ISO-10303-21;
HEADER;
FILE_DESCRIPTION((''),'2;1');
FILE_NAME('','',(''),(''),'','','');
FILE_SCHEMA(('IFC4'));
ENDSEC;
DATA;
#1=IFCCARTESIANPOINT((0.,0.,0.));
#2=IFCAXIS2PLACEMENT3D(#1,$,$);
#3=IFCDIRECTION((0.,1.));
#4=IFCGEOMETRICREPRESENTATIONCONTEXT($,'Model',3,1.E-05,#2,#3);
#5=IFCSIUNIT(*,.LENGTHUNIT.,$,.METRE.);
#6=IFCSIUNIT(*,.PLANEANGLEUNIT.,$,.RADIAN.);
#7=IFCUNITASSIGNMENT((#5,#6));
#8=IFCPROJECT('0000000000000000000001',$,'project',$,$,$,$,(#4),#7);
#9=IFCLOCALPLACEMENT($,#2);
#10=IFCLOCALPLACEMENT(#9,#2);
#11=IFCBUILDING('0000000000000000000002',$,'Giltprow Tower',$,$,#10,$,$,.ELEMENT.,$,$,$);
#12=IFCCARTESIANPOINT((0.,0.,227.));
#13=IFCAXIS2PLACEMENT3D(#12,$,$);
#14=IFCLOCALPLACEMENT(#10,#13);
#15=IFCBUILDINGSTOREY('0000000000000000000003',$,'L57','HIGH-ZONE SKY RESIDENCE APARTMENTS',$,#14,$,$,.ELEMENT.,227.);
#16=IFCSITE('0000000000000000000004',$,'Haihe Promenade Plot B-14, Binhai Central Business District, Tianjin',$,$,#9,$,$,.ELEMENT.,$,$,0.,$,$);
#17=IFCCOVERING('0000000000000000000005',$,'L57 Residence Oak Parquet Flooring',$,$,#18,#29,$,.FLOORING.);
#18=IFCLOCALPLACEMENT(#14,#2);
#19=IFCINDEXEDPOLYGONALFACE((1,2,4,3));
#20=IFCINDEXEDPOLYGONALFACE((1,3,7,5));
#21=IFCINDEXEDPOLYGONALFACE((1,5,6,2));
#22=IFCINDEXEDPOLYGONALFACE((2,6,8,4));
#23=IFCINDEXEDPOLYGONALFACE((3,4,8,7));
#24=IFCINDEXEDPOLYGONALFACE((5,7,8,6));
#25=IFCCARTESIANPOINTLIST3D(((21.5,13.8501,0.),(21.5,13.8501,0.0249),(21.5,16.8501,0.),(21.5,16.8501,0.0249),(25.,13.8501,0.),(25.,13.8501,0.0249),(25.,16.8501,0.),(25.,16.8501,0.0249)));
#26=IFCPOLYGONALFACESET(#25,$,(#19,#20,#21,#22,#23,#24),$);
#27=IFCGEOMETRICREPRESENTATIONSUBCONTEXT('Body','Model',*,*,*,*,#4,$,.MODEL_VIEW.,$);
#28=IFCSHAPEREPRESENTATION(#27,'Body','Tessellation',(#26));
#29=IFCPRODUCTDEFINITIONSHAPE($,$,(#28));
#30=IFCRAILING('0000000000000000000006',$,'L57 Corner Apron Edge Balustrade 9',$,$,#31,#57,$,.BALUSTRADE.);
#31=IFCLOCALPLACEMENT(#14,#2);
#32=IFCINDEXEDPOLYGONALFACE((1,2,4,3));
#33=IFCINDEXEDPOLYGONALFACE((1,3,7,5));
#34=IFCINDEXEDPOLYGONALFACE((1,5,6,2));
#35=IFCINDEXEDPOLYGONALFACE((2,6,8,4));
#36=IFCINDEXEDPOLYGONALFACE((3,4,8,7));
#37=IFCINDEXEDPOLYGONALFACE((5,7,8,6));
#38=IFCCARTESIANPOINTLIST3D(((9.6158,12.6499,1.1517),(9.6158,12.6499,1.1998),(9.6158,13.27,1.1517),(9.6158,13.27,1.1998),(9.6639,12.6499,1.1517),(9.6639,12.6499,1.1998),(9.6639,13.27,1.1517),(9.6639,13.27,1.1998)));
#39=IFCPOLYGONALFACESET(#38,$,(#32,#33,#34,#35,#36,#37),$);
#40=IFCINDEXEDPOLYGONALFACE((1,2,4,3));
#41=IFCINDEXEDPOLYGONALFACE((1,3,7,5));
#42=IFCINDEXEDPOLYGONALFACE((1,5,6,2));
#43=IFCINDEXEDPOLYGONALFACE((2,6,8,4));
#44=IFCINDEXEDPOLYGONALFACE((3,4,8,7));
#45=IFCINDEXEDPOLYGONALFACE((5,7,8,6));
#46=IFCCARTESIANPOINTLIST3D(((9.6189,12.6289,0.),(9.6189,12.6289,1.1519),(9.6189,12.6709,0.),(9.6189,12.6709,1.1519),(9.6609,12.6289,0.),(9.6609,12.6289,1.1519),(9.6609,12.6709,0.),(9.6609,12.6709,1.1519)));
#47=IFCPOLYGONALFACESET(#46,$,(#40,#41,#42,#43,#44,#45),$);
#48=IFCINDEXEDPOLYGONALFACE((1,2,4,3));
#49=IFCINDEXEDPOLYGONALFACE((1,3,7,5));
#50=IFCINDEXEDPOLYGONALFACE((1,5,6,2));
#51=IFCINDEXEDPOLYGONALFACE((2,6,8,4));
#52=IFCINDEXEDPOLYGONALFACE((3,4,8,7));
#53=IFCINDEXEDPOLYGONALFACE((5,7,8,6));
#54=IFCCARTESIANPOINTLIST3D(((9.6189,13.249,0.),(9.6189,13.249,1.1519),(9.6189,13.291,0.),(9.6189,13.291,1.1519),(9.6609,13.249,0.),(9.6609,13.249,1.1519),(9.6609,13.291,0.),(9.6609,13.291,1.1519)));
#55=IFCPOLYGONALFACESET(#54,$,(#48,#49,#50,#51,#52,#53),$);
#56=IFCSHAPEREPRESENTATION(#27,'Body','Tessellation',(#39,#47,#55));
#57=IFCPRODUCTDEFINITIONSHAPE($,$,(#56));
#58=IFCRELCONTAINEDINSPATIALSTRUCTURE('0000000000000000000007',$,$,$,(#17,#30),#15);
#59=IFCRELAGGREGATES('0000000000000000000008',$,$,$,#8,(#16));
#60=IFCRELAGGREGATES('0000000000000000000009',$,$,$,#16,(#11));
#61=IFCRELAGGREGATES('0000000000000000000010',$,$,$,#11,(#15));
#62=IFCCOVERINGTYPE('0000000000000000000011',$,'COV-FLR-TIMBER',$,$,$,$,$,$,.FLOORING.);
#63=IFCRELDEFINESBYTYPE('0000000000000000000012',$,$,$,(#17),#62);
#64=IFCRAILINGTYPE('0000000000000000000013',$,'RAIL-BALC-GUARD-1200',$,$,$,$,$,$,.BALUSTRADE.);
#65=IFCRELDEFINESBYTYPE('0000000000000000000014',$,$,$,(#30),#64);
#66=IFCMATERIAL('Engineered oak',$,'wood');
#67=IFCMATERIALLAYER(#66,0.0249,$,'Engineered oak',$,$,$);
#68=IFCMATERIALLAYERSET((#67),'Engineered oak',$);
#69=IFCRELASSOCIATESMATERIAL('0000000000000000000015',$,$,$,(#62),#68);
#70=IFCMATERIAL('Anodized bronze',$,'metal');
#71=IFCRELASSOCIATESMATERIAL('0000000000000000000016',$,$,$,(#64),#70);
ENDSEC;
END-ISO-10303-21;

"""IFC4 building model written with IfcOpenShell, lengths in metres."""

from ifc_helpers import new_model, si_unit, direction, frame, origin, origin_2d, place, context, subcontext, project, spatial, polyline, rectangle, outline, extrude, material, layer, layer_set, type_object, element, save


model = new_model("IFC4")

# Units and contexts
model_context = context("Model", 3, precision=1e-05, world=origin(), true_north=direction((0.0, 1.0)))
body_context = subcontext(model_context, "Body", "Model", "MODEL_VIEW")
ifc_project = project(units=[si_unit("LENGTHUNIT", "METRE"), si_unit("PLANEANGLEUNIT", "RADIAN")], contexts=[model_context])

# Site, building, storey
site_placement = place(None, origin())
site = spatial("IfcSite", under=ifc_project, at=site_placement, Name="Haihe Promenade Plot B-14, Binhai Central Business District, Tianjin", CompositionType="ELEMENT", RefElevation=0.0)
building_placement = place(site_placement, origin())
building = spatial("IfcBuilding", under=site, at=building_placement, Name="Giltprow Tower", CompositionType="ELEMENT")
storey_placement = place(building_placement, frame((0.0, 0.0, 227.0)))
storey = spatial("IfcBuildingStorey", under=building, at=storey_placement, Name="L57", Description="HIGH-ZONE SKY RESIDENCE APARTMENTS", CompositionType="ELEMENT", Elevation=227.0)

# Shared definitions
ifc_material_1 = material(Name="Anodized bronze", Category="metal")

# Covering
ifc_material_2 = material(Name="Engineered oak", Category="wood")
ifc_layer_1 = layer(ifc_material_2, 0.0249, Name="Engineered oak")
ifc_layer_set_1 = layer_set([ifc_layer_1], Name="Engineered oak")
covering_type_1 = type_object("IfcCoveringType", Name="COV-FLR-TIMBER", PredefinedType="FLOORING", material=ifc_layer_set_1)
covering_1_placement = place(storey_placement, origin())
element("IfcCovering", 1, at=covering_1_placement, inside=storey, type_object=covering_type_1, Name="L57 Residence Oak Parquet Flooring", PredefinedType="FLOORING", context=body_context, shape_type="SweptSolid", body=[
    extrude(outline(polyline([(21.5, 13.8501), (25.0, 13.8501), (25.0, 16.8501), (21.5, 16.8501), (21.5, 13.8501)])), origin(), (0.0, 0.0, 1.0), 0.0249),
])

# Railing
railing_type = type_object("IfcRailingType", Name="RAIL-BALC-GUARD-1200", PredefinedType="BALUSTRADE", material=ifc_material_1)
railing_placement = place(storey_placement, frame((9.6399, 12.6499, 0.0)))
element("IfcRailing", 2, at=railing_placement, inside=storey, type_object=railing_type, Name="L57 Corner Apron Edge Balustrade 9", PredefinedType="BALUSTRADE", context=body_context, shape_type="SweptSolid", body=[
    extrude(rectangle(XDim=0.0481, YDim=0.0481, at=origin_2d()), frame((0.0, 0.0, 1.1758), z_axis=(0.0, 1.0, 0.0), x_axis=(-1.0, 0.0, 0.0)), (0.0, 0.0, 1.0), 0.6201),
    extrude(rectangle(XDim=0.042, YDim=0.042, at=origin_2d()), origin(), (0.0, 0.0, 1.0), 1.1519),
    extrude(rectangle(XDim=0.042, YDim=0.042, at=origin_2d()), frame((0.0, 0.6201, 0.0)), (0.0, 0.0, 1.0), 1.1519),
])

save(model, "model.ifc")
